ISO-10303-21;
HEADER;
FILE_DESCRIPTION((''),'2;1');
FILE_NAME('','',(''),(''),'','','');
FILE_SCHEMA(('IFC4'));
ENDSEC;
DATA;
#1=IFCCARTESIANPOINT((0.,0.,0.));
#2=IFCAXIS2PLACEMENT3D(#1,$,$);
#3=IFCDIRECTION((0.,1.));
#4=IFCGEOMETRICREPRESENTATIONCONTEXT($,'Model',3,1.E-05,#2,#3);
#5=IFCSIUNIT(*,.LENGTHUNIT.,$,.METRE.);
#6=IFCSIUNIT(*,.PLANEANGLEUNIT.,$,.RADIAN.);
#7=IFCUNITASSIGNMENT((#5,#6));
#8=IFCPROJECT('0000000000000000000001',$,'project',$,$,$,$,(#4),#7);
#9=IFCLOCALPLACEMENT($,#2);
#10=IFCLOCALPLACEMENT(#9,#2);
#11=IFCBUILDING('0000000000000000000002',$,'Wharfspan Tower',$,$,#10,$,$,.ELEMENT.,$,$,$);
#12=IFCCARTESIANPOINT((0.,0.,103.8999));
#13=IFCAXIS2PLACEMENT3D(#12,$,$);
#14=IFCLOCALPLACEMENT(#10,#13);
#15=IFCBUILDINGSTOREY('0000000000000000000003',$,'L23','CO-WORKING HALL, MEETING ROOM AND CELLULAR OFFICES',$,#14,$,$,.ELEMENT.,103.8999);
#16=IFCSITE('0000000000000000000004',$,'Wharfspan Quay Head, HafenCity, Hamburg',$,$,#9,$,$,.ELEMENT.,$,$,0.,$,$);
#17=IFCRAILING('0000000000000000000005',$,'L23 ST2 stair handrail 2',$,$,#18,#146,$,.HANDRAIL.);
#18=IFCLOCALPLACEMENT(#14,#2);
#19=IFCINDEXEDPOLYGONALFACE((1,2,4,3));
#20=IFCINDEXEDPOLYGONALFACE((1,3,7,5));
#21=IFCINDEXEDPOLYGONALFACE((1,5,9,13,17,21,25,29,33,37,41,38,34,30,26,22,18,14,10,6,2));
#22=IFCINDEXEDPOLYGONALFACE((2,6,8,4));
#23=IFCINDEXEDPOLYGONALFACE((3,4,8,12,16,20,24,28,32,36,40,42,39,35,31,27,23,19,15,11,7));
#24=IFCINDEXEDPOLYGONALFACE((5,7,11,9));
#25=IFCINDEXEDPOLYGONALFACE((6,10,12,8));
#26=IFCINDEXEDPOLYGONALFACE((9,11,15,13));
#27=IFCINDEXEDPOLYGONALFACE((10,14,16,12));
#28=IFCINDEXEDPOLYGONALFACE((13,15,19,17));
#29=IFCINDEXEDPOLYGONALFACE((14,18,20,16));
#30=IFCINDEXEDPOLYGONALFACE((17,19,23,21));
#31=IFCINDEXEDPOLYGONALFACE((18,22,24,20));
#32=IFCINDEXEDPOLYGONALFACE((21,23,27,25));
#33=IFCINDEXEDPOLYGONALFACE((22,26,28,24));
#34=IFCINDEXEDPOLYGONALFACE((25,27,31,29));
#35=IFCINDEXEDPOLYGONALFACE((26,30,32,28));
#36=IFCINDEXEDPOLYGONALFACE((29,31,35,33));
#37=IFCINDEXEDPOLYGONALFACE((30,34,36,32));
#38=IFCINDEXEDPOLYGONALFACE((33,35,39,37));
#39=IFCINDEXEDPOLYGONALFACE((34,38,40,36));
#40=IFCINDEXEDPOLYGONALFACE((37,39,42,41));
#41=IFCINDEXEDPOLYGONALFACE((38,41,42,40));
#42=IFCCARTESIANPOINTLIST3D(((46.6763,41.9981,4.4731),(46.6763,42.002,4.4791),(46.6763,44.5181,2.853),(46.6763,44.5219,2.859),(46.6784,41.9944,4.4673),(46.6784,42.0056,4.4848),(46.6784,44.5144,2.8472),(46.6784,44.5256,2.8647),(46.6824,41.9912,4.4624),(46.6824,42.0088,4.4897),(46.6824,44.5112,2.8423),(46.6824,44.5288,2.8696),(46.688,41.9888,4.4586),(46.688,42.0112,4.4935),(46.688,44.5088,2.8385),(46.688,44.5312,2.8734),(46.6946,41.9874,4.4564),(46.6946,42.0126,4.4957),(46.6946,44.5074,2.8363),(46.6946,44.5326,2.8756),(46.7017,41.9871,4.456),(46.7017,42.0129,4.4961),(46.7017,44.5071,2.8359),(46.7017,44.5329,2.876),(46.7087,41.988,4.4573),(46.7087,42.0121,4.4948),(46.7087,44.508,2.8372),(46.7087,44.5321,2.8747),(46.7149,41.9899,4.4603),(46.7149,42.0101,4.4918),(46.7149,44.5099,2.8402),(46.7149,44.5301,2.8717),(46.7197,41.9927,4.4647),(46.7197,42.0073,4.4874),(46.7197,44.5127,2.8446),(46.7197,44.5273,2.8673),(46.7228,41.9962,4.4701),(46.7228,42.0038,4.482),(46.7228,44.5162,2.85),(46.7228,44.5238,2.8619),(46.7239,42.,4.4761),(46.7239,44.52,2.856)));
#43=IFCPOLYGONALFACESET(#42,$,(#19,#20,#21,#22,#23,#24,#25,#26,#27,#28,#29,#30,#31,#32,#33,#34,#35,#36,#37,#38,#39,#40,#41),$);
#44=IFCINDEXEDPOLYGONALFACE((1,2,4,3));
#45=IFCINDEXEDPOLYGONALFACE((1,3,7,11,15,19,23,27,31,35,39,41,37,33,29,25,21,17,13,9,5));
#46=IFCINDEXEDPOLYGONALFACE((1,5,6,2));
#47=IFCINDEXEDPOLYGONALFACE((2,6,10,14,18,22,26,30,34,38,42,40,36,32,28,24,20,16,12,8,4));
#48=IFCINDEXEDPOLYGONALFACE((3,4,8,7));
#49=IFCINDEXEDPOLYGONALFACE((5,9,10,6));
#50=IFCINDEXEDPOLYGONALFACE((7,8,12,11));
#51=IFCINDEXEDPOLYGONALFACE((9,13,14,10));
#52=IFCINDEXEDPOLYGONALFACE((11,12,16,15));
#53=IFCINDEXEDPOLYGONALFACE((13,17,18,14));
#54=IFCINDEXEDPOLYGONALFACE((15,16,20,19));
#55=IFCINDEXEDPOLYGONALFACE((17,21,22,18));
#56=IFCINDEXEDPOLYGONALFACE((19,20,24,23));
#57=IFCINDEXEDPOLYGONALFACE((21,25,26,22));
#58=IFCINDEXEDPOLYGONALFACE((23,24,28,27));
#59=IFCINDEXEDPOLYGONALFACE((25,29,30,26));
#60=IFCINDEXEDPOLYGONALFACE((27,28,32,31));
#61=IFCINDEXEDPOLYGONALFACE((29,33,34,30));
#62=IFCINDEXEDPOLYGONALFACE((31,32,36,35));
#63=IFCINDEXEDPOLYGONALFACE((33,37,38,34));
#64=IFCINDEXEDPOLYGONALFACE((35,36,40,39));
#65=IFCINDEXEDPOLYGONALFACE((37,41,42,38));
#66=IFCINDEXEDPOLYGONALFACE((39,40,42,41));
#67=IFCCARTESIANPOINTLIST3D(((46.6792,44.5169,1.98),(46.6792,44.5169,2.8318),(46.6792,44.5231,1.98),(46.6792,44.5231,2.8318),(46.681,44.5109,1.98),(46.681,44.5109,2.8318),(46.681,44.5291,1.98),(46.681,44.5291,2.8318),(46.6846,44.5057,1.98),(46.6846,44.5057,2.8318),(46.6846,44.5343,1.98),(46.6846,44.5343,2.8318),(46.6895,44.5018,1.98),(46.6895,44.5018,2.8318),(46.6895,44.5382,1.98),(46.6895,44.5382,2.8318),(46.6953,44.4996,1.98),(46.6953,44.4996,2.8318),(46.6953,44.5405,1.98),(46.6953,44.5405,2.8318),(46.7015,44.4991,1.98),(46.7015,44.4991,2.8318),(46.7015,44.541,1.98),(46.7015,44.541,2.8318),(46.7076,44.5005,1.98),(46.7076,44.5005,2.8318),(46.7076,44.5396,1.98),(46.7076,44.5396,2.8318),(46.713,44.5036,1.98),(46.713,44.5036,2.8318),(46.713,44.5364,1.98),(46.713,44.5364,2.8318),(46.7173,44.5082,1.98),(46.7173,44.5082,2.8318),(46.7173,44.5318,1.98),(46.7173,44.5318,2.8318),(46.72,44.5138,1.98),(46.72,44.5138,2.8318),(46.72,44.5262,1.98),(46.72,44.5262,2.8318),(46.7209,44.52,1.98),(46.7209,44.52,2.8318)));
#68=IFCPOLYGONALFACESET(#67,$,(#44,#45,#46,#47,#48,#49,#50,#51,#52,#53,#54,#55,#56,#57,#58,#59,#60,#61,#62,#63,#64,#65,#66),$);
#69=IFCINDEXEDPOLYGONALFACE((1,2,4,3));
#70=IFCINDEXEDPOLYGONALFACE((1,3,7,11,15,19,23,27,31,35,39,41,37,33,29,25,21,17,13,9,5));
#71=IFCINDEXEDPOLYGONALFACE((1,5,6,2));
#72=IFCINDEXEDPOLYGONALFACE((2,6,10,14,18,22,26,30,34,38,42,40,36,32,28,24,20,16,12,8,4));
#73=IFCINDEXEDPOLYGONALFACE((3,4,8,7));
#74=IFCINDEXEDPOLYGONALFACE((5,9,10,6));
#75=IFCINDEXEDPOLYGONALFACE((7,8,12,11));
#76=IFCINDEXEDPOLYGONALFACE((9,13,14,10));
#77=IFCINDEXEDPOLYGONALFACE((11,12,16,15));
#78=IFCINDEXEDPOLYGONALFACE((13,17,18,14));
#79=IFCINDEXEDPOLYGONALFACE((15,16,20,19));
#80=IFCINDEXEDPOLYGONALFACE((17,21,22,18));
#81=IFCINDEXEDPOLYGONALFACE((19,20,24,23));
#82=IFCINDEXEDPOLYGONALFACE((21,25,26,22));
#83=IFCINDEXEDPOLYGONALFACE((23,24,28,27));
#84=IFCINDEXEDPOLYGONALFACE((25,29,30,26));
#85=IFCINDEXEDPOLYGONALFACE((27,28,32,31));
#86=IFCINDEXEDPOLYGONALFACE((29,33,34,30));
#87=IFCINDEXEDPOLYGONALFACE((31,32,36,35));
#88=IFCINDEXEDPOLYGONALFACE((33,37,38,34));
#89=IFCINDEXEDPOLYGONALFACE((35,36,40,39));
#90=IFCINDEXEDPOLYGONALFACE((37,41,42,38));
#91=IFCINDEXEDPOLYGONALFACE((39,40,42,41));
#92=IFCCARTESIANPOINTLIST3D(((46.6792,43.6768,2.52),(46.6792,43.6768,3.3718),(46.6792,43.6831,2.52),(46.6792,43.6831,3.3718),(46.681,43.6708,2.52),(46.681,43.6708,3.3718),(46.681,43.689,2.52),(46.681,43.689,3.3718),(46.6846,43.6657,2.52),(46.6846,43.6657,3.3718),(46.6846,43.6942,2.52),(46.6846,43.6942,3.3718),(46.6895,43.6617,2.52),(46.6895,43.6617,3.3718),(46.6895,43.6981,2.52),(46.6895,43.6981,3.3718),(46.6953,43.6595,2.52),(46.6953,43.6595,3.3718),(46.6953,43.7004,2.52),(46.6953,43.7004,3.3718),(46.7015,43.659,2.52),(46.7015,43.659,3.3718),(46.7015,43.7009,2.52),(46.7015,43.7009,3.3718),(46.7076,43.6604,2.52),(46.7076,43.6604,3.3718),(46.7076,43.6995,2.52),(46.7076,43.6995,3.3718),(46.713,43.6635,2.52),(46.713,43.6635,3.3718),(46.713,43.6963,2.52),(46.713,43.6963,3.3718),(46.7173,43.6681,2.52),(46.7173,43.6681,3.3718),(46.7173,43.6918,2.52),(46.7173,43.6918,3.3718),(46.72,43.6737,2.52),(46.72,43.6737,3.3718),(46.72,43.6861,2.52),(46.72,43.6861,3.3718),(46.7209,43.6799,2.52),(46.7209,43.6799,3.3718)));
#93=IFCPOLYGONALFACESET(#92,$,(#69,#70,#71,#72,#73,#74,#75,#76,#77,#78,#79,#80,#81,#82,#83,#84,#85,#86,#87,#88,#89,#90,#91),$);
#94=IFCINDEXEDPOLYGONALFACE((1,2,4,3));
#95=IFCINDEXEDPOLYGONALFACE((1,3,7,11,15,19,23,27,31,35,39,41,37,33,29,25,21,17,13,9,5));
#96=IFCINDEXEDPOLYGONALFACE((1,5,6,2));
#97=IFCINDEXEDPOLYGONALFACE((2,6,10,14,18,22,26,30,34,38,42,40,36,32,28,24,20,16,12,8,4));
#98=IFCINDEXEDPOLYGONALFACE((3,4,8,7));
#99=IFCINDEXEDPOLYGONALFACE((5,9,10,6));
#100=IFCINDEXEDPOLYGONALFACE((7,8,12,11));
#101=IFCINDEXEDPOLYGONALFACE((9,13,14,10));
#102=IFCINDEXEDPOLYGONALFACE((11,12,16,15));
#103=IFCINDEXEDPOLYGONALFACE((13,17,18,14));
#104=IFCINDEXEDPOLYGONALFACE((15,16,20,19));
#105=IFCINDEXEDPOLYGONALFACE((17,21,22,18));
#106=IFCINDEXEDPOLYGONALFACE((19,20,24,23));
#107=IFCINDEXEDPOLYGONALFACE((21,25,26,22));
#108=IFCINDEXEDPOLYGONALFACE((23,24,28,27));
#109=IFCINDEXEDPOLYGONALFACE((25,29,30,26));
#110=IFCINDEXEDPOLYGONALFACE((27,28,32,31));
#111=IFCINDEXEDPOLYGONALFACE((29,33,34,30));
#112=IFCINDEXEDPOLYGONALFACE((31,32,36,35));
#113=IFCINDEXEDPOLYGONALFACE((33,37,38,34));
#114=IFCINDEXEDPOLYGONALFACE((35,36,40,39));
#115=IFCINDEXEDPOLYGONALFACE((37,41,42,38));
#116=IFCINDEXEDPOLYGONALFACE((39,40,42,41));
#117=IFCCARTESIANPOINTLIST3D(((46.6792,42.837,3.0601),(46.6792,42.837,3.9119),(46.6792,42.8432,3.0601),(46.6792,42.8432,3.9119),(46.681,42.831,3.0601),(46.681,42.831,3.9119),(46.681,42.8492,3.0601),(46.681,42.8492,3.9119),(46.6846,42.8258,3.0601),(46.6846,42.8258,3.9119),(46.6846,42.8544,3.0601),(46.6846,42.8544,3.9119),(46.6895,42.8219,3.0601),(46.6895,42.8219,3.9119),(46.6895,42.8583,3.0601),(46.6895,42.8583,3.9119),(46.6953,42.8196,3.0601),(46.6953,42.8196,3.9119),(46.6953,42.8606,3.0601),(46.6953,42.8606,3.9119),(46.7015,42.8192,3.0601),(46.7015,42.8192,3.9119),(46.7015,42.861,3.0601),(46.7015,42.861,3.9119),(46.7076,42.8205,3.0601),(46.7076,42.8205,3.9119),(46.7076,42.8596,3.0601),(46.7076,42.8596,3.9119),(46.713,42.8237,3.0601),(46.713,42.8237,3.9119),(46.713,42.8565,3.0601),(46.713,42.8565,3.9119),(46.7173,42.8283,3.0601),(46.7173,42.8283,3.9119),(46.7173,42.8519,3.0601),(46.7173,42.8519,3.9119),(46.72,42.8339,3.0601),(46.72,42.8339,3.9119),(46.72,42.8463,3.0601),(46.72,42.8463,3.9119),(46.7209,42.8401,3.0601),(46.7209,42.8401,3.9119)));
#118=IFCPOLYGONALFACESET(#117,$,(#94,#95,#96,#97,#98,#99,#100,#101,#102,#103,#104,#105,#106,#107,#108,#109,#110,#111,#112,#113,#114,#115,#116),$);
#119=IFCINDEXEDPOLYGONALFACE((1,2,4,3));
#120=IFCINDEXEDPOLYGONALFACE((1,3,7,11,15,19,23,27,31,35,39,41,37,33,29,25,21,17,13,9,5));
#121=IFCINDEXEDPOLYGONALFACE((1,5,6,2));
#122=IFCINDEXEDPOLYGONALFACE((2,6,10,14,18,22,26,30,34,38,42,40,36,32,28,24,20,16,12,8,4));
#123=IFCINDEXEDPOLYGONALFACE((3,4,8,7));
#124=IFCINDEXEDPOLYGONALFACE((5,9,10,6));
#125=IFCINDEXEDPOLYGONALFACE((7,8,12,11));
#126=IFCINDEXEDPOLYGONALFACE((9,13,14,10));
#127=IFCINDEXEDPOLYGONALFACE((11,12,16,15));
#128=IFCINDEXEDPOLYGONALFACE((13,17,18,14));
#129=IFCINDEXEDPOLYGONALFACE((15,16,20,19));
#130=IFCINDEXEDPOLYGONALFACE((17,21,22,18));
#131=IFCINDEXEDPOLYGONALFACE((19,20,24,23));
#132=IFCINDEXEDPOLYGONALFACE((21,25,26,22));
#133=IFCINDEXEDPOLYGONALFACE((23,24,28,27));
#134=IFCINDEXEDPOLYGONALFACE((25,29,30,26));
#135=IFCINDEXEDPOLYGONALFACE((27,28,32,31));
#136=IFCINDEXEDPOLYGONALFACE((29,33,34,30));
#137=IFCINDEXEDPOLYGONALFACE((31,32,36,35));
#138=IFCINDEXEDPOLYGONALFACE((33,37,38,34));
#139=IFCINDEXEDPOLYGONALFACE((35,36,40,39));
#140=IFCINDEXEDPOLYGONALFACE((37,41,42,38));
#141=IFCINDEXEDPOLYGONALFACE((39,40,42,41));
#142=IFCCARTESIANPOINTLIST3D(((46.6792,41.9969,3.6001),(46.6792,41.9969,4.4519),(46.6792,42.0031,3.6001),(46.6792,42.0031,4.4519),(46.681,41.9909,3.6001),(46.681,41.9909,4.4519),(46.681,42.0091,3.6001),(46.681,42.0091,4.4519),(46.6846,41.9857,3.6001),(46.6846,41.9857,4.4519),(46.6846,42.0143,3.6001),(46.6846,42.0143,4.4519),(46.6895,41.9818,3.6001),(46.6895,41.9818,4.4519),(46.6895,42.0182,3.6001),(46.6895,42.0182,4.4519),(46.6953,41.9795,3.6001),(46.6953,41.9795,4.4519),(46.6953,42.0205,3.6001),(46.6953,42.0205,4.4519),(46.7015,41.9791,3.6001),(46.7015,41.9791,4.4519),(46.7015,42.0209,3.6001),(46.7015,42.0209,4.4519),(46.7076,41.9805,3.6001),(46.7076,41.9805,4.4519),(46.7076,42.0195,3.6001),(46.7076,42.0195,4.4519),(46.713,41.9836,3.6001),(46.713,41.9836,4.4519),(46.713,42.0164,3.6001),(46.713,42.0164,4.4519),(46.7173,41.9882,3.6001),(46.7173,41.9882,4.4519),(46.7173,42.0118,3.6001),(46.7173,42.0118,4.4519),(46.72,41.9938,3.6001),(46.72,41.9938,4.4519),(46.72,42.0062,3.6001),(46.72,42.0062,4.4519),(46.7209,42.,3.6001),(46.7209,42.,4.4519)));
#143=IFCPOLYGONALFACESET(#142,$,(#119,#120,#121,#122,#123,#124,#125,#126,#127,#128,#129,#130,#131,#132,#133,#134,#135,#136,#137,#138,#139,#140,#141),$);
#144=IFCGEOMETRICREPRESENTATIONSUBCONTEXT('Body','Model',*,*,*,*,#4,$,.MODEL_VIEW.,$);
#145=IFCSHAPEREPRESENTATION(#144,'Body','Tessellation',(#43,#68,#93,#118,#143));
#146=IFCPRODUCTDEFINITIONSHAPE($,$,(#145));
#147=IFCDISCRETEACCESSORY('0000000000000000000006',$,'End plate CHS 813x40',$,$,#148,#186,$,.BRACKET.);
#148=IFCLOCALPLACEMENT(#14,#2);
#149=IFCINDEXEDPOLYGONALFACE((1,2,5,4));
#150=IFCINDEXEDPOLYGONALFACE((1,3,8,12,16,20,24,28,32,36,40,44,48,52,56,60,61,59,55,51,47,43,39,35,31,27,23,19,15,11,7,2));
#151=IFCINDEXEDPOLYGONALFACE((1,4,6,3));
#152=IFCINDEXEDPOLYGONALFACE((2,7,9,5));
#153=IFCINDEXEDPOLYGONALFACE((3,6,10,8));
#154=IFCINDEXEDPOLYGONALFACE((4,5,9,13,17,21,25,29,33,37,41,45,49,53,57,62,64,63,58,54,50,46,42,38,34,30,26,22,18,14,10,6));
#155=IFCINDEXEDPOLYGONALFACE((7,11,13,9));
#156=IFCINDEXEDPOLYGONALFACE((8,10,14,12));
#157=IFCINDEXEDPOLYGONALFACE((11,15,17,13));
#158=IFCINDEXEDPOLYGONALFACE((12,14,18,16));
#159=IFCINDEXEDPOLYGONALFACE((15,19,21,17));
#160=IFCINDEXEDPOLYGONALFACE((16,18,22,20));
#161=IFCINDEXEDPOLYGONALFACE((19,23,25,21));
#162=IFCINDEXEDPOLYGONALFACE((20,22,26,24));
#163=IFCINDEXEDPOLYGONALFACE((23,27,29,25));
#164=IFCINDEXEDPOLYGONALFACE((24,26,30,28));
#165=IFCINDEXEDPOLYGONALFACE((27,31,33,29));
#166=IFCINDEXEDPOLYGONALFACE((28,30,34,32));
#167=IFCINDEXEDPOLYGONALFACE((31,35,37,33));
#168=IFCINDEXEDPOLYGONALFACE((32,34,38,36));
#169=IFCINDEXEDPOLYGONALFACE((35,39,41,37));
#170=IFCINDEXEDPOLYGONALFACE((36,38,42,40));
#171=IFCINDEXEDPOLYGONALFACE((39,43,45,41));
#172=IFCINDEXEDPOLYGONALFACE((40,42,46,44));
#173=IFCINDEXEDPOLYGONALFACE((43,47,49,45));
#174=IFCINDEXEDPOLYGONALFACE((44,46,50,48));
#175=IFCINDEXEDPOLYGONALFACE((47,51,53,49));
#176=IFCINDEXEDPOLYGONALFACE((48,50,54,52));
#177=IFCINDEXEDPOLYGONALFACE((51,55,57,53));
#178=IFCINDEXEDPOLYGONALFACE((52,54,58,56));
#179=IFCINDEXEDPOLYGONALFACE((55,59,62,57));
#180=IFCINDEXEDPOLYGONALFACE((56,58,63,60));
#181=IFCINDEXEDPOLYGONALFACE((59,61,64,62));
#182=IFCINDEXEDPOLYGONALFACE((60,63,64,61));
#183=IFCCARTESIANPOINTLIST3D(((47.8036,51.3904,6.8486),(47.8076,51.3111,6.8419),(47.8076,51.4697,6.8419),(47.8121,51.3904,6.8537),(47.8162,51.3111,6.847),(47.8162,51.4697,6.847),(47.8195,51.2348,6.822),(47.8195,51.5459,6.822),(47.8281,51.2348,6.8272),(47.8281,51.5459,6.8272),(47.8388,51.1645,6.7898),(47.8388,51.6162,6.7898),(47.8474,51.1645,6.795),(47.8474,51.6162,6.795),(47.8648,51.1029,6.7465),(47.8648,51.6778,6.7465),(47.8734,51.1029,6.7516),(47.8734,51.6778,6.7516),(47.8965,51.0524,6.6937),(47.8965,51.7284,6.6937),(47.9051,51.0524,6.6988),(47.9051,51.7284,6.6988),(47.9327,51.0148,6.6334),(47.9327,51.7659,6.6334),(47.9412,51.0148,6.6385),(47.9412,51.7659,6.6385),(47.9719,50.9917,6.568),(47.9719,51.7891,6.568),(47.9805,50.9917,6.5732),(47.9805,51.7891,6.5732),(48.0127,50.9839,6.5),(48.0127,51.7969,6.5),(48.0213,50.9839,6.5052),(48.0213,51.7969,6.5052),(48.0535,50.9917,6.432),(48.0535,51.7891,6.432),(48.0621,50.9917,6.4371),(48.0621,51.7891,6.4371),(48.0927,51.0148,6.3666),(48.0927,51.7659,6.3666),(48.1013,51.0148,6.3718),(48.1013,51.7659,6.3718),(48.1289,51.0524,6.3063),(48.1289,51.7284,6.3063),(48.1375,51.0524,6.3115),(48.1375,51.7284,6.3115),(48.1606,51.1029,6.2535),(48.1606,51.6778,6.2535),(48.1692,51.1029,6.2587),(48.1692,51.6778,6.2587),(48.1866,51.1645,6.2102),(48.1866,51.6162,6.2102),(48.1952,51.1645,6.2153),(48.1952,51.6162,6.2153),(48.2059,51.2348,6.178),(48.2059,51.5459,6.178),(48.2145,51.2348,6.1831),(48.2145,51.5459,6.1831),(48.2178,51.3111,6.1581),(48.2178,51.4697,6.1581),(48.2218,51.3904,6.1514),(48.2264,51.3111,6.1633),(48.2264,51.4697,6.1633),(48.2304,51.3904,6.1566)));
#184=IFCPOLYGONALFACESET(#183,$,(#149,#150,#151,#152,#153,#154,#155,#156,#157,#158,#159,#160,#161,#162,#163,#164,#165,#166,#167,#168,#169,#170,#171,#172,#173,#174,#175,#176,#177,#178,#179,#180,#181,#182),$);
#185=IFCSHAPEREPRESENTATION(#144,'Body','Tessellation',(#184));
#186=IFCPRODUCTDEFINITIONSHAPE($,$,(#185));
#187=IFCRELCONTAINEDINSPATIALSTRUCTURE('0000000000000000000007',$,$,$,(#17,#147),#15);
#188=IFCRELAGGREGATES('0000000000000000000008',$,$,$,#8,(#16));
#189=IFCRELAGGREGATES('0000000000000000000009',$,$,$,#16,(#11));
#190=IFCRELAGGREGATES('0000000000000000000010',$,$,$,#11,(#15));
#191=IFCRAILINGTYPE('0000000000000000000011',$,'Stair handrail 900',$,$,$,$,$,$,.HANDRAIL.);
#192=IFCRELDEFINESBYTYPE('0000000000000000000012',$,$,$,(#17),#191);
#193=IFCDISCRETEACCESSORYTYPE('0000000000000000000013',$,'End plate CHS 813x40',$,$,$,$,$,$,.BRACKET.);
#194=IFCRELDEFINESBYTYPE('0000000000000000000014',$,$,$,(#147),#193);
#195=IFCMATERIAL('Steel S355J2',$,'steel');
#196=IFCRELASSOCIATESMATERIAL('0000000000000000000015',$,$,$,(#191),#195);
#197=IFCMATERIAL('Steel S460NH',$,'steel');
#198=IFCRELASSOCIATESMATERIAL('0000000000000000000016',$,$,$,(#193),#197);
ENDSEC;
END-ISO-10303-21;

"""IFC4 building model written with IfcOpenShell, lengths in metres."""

from ifc_helpers import new_model, si_unit, direction, frame, origin, origin_2d, place, context, subcontext, project, spatial, circle, extrude, material, material_profile, profile_set, type_object, element, save


model = new_model("IFC4")

# Units and contexts
model_context = context("Model", 3, precision=1e-05, world=origin(), true_north=direction((0.0, 1.0)))
body_context = subcontext(model_context, "Body", "Model", "MODEL_VIEW")
ifc_project = project(units=[si_unit("LENGTHUNIT", "METRE"), si_unit("PLANEANGLEUNIT", "RADIAN")], contexts=[model_context])

# Site, building, storey
site_placement = place(None, origin())
site = spatial("IfcSite", under=ifc_project, at=site_placement, Name="Wharfspan Quay Head, HafenCity, Hamburg", CompositionType="ELEMENT", RefElevation=0.0)
building_placement = place(site_placement, origin())
building = spatial("IfcBuilding", under=site, at=building_placement, Name="Wharfspan Tower", CompositionType="ELEMENT")
storey_placement = place(building_placement, frame((0.0, 0.0, 103.8999)))
storey = spatial("IfcBuildingStorey", under=building, at=storey_placement, Name="L23", Description="CO-WORKING HALL, MEETING ROOM AND CELLULAR OFFICES", CompositionType="ELEMENT", Elevation=103.8999)

# Shared definitions
ifc_material_1 = material(Name="Steel S355J2", Category="steel")

# Railing
railing_type_1 = type_object("IfcRailingType", Name="Stair handrail 900", PredefinedType="HANDRAIL", material=ifc_material_1)
railing_1_placement = place(storey_placement, frame((46.7, 44.52, 1.98)))
element("IfcRailing", 1, at=railing_1_placement, inside=storey, type_object=railing_type_1, Name="L23 ST2 stair handrail 2", PredefinedType="HANDRAIL", context=body_context, shape_type="SweptSolid", body=[
    extrude(circle(Radius=0.0239, at=origin_2d()), frame((0.0, 0.0, 0.876), z_axis=(0.0, -0.841163, 0.540782), x_axis=(1.0, 0.0, 0.0)), (0.0, 0.0, 1.0), 2.9958),
    extrude(circle(Radius=0.021, at=origin_2d()), origin(), (0.0, 0.0, 1.0), 0.8518),
    extrude(circle(Radius=0.021, at=origin_2d()), frame((0.0, -0.8401, 0.54)), (0.0, 0.0, 1.0), 0.8518),
    extrude(circle(Radius=0.021, at=origin_2d()), frame((0.0, -1.6799, 1.0801)), (0.0, 0.0, 1.0), 0.8518),
    extrude(circle(Radius=0.021, at=origin_2d()), frame((0.0, -2.52, 1.6201)), (0.0, 0.0, 1.0), 0.8518),
])

# Discrete accessory
ifc_material_2 = material(Name="Steel S460NH", Category="steel")
ifc_material_profile_1 = material_profile(ifc_material_2, circle(Radius=0.4065, at=origin_2d()))
ifc_profile_set_1 = profile_set([ifc_material_profile_1], Name="Steel S460NH")
discrete_accessory_type = type_object("IfcDiscreteAccessoryType", Name="End plate CHS 813x40", PredefinedType="BRACKET", material=ifc_profile_set_1)
discrete_accessory_placement = place(storey_placement, frame((48.0127, 51.3904, 6.5), z_axis=(0.857493, 0.0, 0.514496), x_axis=(0.0, 1.0, 0.0)))
element("IfcDiscreteAccessory", 2, at=discrete_accessory_placement, inside=storey, type_object=discrete_accessory_type, Name="End plate CHS 813x40", PredefinedType="BRACKET", context=body_context, shape_type="SweptSolid", body=[
    extrude(circle(Radius=0.4065, at=origin_2d()), origin(), (0.0, 0.0, 1.0), 0.01),
])

save(model, "model.ifc")
